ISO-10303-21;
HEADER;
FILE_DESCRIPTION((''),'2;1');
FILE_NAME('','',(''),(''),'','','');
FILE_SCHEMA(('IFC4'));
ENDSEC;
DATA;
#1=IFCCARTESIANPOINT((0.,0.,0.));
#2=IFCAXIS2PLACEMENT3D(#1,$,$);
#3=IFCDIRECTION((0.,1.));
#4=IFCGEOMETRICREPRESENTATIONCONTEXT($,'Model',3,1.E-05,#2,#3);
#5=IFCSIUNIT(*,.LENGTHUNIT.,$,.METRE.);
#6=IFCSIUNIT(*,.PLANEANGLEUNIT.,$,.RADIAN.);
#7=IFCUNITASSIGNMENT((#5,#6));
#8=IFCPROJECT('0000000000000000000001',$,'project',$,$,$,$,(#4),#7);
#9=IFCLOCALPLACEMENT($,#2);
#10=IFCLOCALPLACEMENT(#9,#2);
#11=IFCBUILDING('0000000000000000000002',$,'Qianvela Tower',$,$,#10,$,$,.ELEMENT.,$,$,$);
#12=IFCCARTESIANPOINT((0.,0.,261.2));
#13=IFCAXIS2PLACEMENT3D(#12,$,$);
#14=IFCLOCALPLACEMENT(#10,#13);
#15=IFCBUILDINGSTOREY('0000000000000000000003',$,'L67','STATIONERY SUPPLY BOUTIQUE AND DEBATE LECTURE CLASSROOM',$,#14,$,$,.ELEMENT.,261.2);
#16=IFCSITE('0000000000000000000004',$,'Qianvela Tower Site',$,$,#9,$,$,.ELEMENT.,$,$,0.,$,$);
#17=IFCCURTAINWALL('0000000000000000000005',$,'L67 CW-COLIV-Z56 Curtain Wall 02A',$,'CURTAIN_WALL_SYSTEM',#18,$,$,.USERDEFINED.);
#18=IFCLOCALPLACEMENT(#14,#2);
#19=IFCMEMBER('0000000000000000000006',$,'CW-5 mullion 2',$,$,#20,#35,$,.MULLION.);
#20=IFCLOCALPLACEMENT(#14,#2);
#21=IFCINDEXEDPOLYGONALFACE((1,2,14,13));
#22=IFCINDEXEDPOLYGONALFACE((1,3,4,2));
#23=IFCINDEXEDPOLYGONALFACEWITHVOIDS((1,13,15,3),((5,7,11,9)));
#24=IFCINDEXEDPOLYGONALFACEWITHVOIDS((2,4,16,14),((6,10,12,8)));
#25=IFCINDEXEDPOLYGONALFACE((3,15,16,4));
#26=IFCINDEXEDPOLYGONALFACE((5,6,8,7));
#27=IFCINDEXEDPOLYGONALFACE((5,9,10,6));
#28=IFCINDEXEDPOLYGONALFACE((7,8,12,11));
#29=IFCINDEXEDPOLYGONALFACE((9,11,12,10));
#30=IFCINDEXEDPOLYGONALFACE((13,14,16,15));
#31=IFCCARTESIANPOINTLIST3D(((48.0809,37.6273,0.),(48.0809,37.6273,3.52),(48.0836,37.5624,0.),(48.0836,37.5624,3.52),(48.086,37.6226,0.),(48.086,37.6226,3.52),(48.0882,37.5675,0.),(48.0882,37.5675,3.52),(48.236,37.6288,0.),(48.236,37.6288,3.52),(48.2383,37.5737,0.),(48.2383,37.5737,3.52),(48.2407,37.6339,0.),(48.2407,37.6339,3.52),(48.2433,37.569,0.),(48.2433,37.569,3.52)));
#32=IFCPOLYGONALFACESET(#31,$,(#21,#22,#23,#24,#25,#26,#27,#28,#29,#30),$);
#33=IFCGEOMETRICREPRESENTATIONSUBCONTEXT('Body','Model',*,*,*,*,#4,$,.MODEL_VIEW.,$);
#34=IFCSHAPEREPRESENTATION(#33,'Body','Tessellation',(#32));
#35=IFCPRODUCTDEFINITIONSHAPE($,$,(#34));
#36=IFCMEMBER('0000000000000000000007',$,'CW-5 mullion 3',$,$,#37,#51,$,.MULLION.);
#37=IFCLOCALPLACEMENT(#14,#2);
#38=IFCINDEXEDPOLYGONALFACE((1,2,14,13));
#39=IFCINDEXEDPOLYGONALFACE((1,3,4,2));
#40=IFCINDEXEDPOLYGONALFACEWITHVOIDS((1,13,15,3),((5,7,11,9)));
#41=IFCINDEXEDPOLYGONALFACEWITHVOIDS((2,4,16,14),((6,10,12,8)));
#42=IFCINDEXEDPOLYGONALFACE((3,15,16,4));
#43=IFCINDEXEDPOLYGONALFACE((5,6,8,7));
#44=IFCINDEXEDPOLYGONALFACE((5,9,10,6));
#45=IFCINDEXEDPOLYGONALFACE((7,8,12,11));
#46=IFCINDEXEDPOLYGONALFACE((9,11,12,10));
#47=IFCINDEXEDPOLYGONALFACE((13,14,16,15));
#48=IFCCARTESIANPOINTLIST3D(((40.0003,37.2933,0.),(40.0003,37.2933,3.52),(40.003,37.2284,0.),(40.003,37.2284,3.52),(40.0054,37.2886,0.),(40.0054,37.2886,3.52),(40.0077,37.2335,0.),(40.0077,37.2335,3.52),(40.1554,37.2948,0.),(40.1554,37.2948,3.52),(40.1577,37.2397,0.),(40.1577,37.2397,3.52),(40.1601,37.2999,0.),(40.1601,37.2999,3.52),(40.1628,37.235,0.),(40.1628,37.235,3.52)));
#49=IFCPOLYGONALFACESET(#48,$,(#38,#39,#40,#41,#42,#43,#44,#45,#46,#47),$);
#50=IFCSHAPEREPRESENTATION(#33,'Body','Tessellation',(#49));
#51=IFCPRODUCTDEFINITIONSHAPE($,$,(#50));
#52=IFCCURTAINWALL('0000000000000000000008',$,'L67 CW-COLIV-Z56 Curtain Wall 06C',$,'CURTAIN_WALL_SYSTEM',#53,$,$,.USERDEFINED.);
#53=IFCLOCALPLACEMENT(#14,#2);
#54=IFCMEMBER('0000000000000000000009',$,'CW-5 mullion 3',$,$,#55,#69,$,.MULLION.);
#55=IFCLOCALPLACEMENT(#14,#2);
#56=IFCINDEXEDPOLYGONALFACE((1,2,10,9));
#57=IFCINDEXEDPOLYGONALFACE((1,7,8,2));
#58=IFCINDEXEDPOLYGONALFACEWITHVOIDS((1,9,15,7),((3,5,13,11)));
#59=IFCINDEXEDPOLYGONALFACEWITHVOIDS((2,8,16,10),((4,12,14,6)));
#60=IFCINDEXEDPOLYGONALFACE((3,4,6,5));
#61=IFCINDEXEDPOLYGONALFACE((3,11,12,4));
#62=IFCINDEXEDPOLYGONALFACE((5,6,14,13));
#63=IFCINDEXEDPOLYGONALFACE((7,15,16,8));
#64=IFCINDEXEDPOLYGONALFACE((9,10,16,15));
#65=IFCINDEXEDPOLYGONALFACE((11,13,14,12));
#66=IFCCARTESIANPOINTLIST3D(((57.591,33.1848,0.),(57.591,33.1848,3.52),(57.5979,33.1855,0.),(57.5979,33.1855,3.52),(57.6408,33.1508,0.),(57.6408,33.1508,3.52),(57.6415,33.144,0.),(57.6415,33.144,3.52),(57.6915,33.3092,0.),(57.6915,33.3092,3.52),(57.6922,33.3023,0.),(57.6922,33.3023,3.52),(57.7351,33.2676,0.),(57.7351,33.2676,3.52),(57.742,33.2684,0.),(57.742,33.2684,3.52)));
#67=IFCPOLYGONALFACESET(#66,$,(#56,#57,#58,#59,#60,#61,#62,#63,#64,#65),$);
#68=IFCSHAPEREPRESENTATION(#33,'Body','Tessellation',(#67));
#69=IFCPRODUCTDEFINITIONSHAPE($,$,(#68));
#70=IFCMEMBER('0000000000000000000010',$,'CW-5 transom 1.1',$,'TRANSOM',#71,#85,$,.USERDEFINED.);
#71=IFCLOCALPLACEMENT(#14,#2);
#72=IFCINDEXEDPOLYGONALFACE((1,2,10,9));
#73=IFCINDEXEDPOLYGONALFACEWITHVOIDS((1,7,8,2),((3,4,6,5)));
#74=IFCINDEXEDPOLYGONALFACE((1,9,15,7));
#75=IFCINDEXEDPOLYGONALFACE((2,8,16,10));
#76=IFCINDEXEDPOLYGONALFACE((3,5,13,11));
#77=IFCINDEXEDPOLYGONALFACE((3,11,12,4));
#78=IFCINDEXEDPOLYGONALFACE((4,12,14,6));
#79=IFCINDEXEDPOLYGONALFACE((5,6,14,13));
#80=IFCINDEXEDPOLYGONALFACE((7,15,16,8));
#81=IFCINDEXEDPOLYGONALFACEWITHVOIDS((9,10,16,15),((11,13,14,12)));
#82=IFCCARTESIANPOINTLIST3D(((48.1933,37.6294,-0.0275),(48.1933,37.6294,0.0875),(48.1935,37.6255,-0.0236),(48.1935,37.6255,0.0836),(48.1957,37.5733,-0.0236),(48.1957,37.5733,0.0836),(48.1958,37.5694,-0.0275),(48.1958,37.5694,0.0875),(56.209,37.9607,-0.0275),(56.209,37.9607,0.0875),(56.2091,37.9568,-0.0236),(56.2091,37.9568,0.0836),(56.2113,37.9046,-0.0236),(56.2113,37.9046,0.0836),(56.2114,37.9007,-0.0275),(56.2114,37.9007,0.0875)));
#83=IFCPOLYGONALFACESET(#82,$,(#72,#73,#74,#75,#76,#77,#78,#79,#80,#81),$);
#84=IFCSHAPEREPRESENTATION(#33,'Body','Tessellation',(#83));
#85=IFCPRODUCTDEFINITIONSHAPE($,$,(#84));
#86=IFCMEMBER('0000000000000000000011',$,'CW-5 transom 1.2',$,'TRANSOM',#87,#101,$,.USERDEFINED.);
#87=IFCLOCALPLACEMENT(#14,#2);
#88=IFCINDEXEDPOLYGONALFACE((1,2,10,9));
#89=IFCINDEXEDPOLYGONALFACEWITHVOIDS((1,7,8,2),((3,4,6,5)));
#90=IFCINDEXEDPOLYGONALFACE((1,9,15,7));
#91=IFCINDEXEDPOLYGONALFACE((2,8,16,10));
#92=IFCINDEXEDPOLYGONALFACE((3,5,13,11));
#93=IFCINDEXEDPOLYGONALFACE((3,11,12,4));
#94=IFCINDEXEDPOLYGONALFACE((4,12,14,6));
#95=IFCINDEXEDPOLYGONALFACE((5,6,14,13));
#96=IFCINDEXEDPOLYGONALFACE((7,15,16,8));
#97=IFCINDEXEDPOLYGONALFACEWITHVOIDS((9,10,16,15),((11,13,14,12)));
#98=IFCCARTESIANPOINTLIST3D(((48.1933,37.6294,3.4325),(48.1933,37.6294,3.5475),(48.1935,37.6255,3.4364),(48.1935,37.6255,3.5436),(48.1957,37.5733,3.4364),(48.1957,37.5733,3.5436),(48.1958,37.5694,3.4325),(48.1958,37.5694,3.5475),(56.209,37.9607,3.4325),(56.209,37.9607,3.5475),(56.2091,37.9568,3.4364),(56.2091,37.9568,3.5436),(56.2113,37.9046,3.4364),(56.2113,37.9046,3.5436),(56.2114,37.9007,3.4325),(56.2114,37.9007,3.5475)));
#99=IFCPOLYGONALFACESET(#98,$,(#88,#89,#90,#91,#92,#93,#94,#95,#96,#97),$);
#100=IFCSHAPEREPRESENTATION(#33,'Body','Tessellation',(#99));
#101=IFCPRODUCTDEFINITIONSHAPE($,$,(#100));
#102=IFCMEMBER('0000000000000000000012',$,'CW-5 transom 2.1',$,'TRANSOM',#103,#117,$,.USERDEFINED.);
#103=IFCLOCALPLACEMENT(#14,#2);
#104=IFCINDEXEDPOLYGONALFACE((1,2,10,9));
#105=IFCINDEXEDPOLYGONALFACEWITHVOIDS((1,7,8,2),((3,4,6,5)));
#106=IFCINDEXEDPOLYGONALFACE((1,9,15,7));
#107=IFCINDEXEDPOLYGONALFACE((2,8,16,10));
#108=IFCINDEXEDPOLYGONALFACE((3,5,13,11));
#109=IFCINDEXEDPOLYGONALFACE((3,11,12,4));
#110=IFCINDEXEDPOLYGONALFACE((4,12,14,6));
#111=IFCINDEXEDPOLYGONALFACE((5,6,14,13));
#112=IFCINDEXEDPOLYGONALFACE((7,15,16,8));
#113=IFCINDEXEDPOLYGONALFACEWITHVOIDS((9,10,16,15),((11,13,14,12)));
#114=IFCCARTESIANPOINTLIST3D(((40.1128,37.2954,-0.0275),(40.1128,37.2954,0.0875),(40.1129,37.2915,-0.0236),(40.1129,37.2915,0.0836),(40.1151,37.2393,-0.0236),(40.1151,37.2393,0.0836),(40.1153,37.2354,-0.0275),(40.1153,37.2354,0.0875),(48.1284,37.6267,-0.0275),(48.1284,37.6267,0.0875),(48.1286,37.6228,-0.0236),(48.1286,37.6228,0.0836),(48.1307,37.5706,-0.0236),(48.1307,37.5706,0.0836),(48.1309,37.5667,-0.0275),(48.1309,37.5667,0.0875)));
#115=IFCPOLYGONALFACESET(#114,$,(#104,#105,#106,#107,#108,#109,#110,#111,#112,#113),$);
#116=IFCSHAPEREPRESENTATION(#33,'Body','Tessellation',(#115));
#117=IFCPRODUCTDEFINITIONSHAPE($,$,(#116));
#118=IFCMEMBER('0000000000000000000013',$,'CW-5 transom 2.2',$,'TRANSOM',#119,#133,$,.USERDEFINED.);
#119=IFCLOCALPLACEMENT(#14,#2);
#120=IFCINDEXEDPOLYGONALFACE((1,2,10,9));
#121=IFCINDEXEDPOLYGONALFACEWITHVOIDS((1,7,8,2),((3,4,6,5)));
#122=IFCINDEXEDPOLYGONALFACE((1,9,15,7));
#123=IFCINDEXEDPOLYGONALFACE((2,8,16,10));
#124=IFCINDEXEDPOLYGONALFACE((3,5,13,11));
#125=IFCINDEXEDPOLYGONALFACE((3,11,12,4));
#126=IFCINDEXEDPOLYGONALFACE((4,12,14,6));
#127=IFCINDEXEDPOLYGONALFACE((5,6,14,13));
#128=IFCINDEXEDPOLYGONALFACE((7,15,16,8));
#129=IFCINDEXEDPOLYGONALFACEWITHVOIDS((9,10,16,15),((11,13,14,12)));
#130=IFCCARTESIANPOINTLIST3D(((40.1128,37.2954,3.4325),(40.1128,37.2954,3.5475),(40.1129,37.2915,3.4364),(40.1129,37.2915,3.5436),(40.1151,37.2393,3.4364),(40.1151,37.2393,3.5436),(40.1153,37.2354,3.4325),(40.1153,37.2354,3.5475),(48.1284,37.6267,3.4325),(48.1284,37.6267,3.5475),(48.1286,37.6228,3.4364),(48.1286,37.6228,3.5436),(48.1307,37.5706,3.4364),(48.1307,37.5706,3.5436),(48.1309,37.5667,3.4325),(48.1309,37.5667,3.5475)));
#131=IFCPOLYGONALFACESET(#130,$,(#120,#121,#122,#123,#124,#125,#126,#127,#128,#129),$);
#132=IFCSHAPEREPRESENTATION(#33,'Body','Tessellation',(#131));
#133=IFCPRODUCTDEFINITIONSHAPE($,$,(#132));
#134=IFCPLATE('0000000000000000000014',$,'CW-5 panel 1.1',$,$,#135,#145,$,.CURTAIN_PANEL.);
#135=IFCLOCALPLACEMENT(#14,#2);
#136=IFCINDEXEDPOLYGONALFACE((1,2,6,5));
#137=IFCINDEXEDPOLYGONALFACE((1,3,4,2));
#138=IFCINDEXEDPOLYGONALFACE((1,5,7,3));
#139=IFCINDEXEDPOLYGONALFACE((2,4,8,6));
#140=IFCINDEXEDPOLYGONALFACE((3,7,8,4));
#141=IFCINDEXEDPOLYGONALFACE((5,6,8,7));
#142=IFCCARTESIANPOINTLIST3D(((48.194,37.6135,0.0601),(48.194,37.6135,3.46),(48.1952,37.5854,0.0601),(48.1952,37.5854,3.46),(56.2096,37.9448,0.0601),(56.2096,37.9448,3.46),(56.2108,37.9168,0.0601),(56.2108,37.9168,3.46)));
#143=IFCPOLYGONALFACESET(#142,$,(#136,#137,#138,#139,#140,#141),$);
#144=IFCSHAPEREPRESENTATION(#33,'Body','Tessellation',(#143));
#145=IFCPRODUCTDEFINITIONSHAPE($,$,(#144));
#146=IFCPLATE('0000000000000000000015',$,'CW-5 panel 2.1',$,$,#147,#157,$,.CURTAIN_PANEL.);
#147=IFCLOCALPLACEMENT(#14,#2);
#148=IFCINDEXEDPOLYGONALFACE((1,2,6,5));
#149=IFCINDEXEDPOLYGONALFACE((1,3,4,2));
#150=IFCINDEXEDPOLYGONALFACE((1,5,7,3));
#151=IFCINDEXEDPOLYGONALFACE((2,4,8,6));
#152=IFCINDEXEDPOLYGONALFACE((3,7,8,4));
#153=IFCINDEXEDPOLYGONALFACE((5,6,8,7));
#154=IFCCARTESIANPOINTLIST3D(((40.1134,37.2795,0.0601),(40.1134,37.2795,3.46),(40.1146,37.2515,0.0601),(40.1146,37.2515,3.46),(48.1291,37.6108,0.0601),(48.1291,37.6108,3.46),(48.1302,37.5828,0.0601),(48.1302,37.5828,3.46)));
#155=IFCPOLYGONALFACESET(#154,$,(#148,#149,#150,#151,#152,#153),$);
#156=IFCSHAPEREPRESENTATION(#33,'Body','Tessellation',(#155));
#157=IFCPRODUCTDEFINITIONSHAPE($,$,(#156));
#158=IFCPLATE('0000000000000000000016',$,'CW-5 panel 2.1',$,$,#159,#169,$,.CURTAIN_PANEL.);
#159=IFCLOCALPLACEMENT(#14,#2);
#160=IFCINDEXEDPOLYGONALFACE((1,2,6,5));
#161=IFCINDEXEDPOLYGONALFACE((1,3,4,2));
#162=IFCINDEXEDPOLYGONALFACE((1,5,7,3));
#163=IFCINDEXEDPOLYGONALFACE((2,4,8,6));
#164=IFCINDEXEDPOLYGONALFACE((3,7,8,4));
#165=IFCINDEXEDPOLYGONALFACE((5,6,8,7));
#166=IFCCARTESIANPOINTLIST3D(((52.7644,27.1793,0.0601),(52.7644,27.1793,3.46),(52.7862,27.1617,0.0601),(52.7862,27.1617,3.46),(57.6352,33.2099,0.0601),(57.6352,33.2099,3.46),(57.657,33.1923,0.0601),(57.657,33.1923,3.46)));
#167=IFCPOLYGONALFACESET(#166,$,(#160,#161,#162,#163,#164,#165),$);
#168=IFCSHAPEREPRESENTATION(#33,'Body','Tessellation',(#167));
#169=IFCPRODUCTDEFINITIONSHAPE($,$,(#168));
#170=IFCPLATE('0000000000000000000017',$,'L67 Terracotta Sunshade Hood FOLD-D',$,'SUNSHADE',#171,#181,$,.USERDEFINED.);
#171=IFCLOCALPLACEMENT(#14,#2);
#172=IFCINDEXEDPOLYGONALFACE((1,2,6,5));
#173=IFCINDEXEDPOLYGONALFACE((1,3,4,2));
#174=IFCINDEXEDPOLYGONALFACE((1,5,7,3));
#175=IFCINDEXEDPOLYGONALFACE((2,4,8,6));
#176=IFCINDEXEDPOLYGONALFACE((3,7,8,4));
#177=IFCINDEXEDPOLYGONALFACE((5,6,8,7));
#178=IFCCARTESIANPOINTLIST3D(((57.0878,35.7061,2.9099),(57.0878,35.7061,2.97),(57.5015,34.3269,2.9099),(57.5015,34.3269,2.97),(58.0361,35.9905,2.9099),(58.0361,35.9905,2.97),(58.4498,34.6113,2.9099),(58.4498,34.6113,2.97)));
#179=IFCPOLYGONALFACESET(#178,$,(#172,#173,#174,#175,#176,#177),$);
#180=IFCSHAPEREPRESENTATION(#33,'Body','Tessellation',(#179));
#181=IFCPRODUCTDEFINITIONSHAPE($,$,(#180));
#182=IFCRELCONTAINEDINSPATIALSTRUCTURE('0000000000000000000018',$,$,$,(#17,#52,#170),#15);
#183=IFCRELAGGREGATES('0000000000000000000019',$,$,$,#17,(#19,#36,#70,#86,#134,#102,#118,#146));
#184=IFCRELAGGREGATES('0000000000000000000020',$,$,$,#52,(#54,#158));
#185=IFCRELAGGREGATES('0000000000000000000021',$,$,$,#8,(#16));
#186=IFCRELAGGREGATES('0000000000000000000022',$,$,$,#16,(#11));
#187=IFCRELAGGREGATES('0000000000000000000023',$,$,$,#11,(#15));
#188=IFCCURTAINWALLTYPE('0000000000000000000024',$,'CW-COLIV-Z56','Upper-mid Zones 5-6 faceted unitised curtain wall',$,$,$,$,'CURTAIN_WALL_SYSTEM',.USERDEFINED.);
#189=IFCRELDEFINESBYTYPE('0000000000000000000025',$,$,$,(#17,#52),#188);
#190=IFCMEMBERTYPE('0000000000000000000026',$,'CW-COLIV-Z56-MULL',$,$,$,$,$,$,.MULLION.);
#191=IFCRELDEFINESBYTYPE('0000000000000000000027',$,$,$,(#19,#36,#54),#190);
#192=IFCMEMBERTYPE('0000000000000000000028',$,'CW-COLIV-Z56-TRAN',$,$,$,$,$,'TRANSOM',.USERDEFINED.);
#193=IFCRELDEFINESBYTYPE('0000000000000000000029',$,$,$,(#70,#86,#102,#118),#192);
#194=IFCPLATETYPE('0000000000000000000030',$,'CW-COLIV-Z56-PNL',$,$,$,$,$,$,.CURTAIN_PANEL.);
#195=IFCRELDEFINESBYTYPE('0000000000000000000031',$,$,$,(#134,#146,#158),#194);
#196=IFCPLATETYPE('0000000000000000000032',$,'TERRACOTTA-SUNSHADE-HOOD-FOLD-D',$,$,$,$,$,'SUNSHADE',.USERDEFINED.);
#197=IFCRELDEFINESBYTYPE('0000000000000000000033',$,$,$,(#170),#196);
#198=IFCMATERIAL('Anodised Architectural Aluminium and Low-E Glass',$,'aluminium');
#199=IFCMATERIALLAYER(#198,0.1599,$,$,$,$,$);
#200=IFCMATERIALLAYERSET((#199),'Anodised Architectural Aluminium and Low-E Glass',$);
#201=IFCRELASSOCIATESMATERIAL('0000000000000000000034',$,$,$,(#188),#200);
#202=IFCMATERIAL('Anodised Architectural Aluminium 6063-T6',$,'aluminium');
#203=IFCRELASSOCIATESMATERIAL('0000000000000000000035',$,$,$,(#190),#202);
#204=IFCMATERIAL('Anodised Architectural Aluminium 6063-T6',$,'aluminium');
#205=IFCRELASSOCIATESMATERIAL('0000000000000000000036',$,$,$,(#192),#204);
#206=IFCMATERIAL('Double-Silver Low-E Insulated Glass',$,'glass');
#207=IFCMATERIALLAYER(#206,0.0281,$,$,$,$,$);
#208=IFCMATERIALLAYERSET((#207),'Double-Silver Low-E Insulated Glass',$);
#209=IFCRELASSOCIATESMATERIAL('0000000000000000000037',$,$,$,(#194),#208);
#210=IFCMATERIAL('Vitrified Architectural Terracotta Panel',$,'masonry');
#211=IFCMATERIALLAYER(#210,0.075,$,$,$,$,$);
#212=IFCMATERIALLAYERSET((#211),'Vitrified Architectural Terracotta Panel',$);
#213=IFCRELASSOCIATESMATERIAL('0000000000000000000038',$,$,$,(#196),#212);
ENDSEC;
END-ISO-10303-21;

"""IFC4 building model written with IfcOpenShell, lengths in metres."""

from ifc_helpers import new_model, si_unit, direction, frame, origin, origin_2d, place, context, subcontext, project, spatial, rectangle, hollow_rectangle, extrude, material, layer, layer_set, material_profile, profile_set, type_object, element, aggregate, save


model = new_model("IFC4")

# Units and contexts
model_context = context("Model", 3, precision=1e-05, world=origin(), true_north=direction((0.0, 1.0)))
body_context = subcontext(model_context, "Body", "Model", "MODEL_VIEW")
ifc_project = project(units=[si_unit("LENGTHUNIT", "METRE"), si_unit("PLANEANGLEUNIT", "RADIAN")], contexts=[model_context])

# Site, building, storey
site_placement = place(None, origin())
site = spatial("IfcSite", under=ifc_project, at=site_placement, Name="Qianvela Tower Site", CompositionType="ELEMENT", RefElevation=0.0)
building_placement = place(site_placement, origin())
building = spatial("IfcBuilding", under=site, at=building_placement, Name="Qianvela Tower", CompositionType="ELEMENT")
storey_placement = place(building_placement, frame((0.0, 0.0, 261.2)))
storey = spatial("IfcBuildingStorey", under=building, at=storey_placement, Name="L67", Description="STATIONERY SUPPLY BOUTIQUE AND DEBATE LECTURE CLASSROOM", CompositionType="ELEMENT", Elevation=261.2)

# Curtain wall, members
ifc_material_1 = material(Name="Anodised Architectural Aluminium and Low-E Glass", Category="aluminium")
ifc_layer_1 = layer(ifc_material_1, 0.1599)
ifc_layer_set_1 = layer_set([ifc_layer_1], Name="Anodised Architectural Aluminium and Low-E Glass")
curtain_wall_type_1 = type_object("IfcCurtainWallType", Name="CW-COLIV-Z56", Description="Upper-mid Zones 5-6 faceted unitised curtain wall", ElementType="CURTAIN_WALL_SYSTEM", PredefinedType="USERDEFINED", material=ifc_layer_set_1)
curtain_wall_1_placement = place(storey_placement, origin())
curtain_wall_1 = element("IfcCurtainWall", 1, at=curtain_wall_1_placement, inside=storey, type_object=curtain_wall_type_1, Name="L67 CW-COLIV-Z56 Curtain Wall 02A", ObjectType="CURTAIN_WALL_SYSTEM", PredefinedType="USERDEFINED")
ifc_material_2 = material(Name="Anodised Architectural Aluminium 6063-T6", Category="aluminium")
ifc_material_profile_1 = material_profile(ifc_material_2, hollow_rectangle(XDim=0.0649, YDim=0.1599, WallThickness=0.0049, at=origin_2d()), Name="ALU-MULL-65x160")
ifc_profile_set_1 = profile_set([ifc_material_profile_1], Name="Anodised Architectural Aluminium 6063-T6")
member_type_1 = type_object("IfcMemberType", Name="CW-COLIV-Z56-MULL", PredefinedType="MULLION", material=ifc_profile_set_1)
member_1_placement = place(storey_placement, frame((48.1621, 37.5981, 0.0), z_axis=(0.0, 0.0, 1.0), x_axis=(0.041299, -0.999147, 0.0)))
member_1 = element("IfcMember", 2, at=member_1_placement, type_object=member_type_1, Name="CW-5 mullion 2", PredefinedType="MULLION", context=body_context, shape_type="SweptSolid", body=[
    extrude(hollow_rectangle(XDim=0.0649, YDim=0.1599, WallThickness=0.0049, at=origin_2d()), origin(), (0.0, 0.0, 1.0), 3.52),
])
member_2_placement = place(storey_placement, frame((40.0815, 37.2642, 0.0), z_axis=(0.0, 0.0, 1.0), x_axis=(0.041299, -0.999147, 0.0)))
member_2 = element("IfcMember", 3, at=member_2_placement, type_object=member_type_1, Name="CW-5 mullion 3", PredefinedType="MULLION", context=body_context, shape_type="SweptSolid", body=[
    extrude(hollow_rectangle(XDim=0.0649, YDim=0.1599, WallThickness=0.0049, at=origin_2d()), origin(), (0.0, 0.0, 1.0), 3.52),
])

# Curtain wall, member
curtain_wall_2_placement = place(storey_placement, origin())
curtain_wall_2 = element("IfcCurtainWall", 4, at=curtain_wall_2_placement, inside=storey, type_object=curtain_wall_type_1, Name="L67 CW-COLIV-Z56 Curtain Wall 06C", ObjectType="CURTAIN_WALL_SYSTEM", PredefinedType="USERDEFINED")
member_3_placement = place(storey_placement, frame((57.6665, 33.2266, 0.0), z_axis=(0.0, 0.0, 1.0), x_axis=(-0.777946, 0.628331, 0.0)))
member_3 = element("IfcMember", 5, at=member_3_placement, type_object=member_type_1, Name="CW-5 mullion 3", PredefinedType="MULLION", context=body_context, shape_type="SweptSolid", body=[
    extrude(hollow_rectangle(XDim=0.0649, YDim=0.1599, WallThickness=0.0049, at=origin_2d()), origin(), (0.0, 0.0, 1.0), 3.52),
])

# Members
ifc_material_3 = material(Name="Anodised Architectural Aluminium 6063-T6", Category="aluminium")
ifc_material_profile_2 = material_profile(ifc_material_3, hollow_rectangle(XDim=0.0601, YDim=0.115, WallThickness=0.0039, at=origin_2d()), Name="ALU-TRAN-60x115")
ifc_profile_set_2 = profile_set([ifc_material_profile_2], Name="Anodised Architectural Aluminium 6063-T6")
member_type_2 = type_object("IfcMemberType", Name="CW-COLIV-Z56-TRAN", ElementType="TRANSOM", PredefinedType="USERDEFINED", material=ifc_profile_set_2)
member_4_placement = place(storey_placement, frame((56.2102, 37.9307, 0.03), z_axis=(-0.999147, -0.041296, 0.0), x_axis=(0.041296, -0.999147, 0.0)))
member_4 = element("IfcMember", 6, at=member_4_placement, type_object=member_type_2, Name="CW-5 transom 1.1", ObjectType="TRANSOM", PredefinedType="USERDEFINED", context=body_context, shape_type="SweptSolid", body=[
    extrude(hollow_rectangle(XDim=0.0601, YDim=0.115, WallThickness=0.0039, at=origin_2d()), origin(), (0.0, 0.0, 1.0), 8.0225),
])
member_5_placement = place(storey_placement, frame((56.2102, 37.9307, 3.49), z_axis=(-0.999147, -0.041296, 0.0), x_axis=(0.041296, -0.999147, 0.0)))
member_5 = element("IfcMember", 7, at=member_5_placement, type_object=member_type_2, Name="CW-5 transom 1.2", ObjectType="TRANSOM", PredefinedType="USERDEFINED", context=body_context, shape_type="SweptSolid", body=[
    extrude(hollow_rectangle(XDim=0.0601, YDim=0.115, WallThickness=0.0039, at=origin_2d()), origin(), (0.0, 0.0, 1.0), 8.0225),
])
member_6_placement = place(storey_placement, frame((48.1296, 37.5967, 0.03), z_axis=(-0.999147, -0.041296, 0.0), x_axis=(0.041296, -0.999147, 0.0)))
member_6 = element("IfcMember", 8, at=member_6_placement, type_object=member_type_2, Name="CW-5 transom 2.1", ObjectType="TRANSOM", PredefinedType="USERDEFINED", context=body_context, shape_type="SweptSolid", body=[
    extrude(hollow_rectangle(XDim=0.0601, YDim=0.115, WallThickness=0.0039, at=origin_2d()), origin(), (0.0, 0.0, 1.0), 8.0225),
])
member_7_placement = place(storey_placement, frame((48.1296, 37.5967, 3.49), z_axis=(-0.999147, -0.041296, 0.0), x_axis=(0.041296, -0.999147, 0.0)))
member_7 = element("IfcMember", 9, at=member_7_placement, type_object=member_type_2, Name="CW-5 transom 2.2", ObjectType="TRANSOM", PredefinedType="USERDEFINED", context=body_context, shape_type="SweptSolid", body=[
    extrude(hollow_rectangle(XDim=0.0601, YDim=0.115, WallThickness=0.0039, at=origin_2d()), origin(), (0.0, 0.0, 1.0), 8.0225),
])

# Plates
ifc_material_4 = material(Name="Double-Silver Low-E Insulated Glass", Category="glass")
ifc_layer_2 = layer(ifc_material_4, 0.0281)
ifc_layer_set_2 = layer_set([ifc_layer_2], Name="Double-Silver Low-E Insulated Glass")
plate_type_1 = type_object("IfcPlateType", Name="CW-COLIV-Z56-PNL", PredefinedType="CURTAIN_PANEL", material=ifc_layer_set_2)
plate_1_placement = place(storey_placement, frame((52.2024, 37.7651, 0.0601), z_axis=(0.0, 0.0, 1.0), x_axis=(-0.999147, -0.041299, 0.0)))
plate_1 = element("IfcPlate", 10, at=plate_1_placement, type_object=plate_type_1, Name="CW-5 panel 1.1", PredefinedType="CURTAIN_PANEL", context=body_context, shape_type="SweptSolid", body=[
    extrude(rectangle(XDim=8.0225, YDim=0.0281, at=origin_2d()), origin(), (0.0, 0.0, 1.0), 3.3999),
])
plate_2_placement = place(storey_placement, frame((44.1218, 37.4312, 0.0601), z_axis=(0.0, 0.0, 1.0), x_axis=(-0.999147, -0.041299, 0.0)))
plate_2 = element("IfcPlate", 11, at=plate_2_placement, type_object=plate_type_1, Name="CW-5 panel 2.1", PredefinedType="CURTAIN_PANEL", context=body_context, shape_type="SweptSolid", body=[
    extrude(rectangle(XDim=8.0225, YDim=0.0281, at=origin_2d()), origin(), (0.0, 0.0, 1.0), 3.3999),
])
aggregate(curtain_wall_1, [member_1, member_2, member_4, member_5, plate_1, member_6, member_7, plate_2])
plate_3_placement = place(storey_placement, frame((55.2107, 30.1858, 0.0601), z_axis=(0.0, 0.0, 1.0), x_axis=(0.628331, 0.777946, 0.0)))
plate_3 = element("IfcPlate", 12, at=plate_3_placement, type_object=plate_type_1, Name="CW-5 panel 2.1", PredefinedType="CURTAIN_PANEL", context=body_context, shape_type="SweptSolid", body=[
    extrude(rectangle(XDim=7.752, YDim=0.0281, at=origin_2d()), origin(), (0.0, 0.0, 1.0), 3.3999),
])
aggregate(curtain_wall_2, [member_3, plate_3])

# Plate
ifc_material_5 = material(Name="Vitrified Architectural Terracotta Panel", Category="masonry")
ifc_layer_3 = layer(ifc_material_5, 0.075)
ifc_layer_set_3 = layer_set([ifc_layer_3], Name="Vitrified Architectural Terracotta Panel")
plate_type_2 = type_object("IfcPlateType", Name="TERRACOTTA-SUNSHADE-HOOD-FOLD-D", ElementType="SUNSHADE", PredefinedType="USERDEFINED", material=ifc_layer_set_3)
plate_4_placement = place(storey_placement, frame((57.7688, 35.1587, 2.9099), z_axis=(0.0, 0.0, 1.0), x_axis=(-0.287302, 0.95784, 0.0)))
element("IfcPlate", 13, at=plate_4_placement, inside=storey, type_object=plate_type_2, Name="L67 Terracotta Sunshade Hood FOLD-D", ObjectType="SUNSHADE", PredefinedType="USERDEFINED", context=body_context, shape_type="SweptSolid", body=[
    extrude(rectangle(XDim=1.4399, YDim=0.99, at=origin_2d()), origin(), (0.0, 0.0, 1.0), 0.0601),
])

save(model, "model.ifc")
